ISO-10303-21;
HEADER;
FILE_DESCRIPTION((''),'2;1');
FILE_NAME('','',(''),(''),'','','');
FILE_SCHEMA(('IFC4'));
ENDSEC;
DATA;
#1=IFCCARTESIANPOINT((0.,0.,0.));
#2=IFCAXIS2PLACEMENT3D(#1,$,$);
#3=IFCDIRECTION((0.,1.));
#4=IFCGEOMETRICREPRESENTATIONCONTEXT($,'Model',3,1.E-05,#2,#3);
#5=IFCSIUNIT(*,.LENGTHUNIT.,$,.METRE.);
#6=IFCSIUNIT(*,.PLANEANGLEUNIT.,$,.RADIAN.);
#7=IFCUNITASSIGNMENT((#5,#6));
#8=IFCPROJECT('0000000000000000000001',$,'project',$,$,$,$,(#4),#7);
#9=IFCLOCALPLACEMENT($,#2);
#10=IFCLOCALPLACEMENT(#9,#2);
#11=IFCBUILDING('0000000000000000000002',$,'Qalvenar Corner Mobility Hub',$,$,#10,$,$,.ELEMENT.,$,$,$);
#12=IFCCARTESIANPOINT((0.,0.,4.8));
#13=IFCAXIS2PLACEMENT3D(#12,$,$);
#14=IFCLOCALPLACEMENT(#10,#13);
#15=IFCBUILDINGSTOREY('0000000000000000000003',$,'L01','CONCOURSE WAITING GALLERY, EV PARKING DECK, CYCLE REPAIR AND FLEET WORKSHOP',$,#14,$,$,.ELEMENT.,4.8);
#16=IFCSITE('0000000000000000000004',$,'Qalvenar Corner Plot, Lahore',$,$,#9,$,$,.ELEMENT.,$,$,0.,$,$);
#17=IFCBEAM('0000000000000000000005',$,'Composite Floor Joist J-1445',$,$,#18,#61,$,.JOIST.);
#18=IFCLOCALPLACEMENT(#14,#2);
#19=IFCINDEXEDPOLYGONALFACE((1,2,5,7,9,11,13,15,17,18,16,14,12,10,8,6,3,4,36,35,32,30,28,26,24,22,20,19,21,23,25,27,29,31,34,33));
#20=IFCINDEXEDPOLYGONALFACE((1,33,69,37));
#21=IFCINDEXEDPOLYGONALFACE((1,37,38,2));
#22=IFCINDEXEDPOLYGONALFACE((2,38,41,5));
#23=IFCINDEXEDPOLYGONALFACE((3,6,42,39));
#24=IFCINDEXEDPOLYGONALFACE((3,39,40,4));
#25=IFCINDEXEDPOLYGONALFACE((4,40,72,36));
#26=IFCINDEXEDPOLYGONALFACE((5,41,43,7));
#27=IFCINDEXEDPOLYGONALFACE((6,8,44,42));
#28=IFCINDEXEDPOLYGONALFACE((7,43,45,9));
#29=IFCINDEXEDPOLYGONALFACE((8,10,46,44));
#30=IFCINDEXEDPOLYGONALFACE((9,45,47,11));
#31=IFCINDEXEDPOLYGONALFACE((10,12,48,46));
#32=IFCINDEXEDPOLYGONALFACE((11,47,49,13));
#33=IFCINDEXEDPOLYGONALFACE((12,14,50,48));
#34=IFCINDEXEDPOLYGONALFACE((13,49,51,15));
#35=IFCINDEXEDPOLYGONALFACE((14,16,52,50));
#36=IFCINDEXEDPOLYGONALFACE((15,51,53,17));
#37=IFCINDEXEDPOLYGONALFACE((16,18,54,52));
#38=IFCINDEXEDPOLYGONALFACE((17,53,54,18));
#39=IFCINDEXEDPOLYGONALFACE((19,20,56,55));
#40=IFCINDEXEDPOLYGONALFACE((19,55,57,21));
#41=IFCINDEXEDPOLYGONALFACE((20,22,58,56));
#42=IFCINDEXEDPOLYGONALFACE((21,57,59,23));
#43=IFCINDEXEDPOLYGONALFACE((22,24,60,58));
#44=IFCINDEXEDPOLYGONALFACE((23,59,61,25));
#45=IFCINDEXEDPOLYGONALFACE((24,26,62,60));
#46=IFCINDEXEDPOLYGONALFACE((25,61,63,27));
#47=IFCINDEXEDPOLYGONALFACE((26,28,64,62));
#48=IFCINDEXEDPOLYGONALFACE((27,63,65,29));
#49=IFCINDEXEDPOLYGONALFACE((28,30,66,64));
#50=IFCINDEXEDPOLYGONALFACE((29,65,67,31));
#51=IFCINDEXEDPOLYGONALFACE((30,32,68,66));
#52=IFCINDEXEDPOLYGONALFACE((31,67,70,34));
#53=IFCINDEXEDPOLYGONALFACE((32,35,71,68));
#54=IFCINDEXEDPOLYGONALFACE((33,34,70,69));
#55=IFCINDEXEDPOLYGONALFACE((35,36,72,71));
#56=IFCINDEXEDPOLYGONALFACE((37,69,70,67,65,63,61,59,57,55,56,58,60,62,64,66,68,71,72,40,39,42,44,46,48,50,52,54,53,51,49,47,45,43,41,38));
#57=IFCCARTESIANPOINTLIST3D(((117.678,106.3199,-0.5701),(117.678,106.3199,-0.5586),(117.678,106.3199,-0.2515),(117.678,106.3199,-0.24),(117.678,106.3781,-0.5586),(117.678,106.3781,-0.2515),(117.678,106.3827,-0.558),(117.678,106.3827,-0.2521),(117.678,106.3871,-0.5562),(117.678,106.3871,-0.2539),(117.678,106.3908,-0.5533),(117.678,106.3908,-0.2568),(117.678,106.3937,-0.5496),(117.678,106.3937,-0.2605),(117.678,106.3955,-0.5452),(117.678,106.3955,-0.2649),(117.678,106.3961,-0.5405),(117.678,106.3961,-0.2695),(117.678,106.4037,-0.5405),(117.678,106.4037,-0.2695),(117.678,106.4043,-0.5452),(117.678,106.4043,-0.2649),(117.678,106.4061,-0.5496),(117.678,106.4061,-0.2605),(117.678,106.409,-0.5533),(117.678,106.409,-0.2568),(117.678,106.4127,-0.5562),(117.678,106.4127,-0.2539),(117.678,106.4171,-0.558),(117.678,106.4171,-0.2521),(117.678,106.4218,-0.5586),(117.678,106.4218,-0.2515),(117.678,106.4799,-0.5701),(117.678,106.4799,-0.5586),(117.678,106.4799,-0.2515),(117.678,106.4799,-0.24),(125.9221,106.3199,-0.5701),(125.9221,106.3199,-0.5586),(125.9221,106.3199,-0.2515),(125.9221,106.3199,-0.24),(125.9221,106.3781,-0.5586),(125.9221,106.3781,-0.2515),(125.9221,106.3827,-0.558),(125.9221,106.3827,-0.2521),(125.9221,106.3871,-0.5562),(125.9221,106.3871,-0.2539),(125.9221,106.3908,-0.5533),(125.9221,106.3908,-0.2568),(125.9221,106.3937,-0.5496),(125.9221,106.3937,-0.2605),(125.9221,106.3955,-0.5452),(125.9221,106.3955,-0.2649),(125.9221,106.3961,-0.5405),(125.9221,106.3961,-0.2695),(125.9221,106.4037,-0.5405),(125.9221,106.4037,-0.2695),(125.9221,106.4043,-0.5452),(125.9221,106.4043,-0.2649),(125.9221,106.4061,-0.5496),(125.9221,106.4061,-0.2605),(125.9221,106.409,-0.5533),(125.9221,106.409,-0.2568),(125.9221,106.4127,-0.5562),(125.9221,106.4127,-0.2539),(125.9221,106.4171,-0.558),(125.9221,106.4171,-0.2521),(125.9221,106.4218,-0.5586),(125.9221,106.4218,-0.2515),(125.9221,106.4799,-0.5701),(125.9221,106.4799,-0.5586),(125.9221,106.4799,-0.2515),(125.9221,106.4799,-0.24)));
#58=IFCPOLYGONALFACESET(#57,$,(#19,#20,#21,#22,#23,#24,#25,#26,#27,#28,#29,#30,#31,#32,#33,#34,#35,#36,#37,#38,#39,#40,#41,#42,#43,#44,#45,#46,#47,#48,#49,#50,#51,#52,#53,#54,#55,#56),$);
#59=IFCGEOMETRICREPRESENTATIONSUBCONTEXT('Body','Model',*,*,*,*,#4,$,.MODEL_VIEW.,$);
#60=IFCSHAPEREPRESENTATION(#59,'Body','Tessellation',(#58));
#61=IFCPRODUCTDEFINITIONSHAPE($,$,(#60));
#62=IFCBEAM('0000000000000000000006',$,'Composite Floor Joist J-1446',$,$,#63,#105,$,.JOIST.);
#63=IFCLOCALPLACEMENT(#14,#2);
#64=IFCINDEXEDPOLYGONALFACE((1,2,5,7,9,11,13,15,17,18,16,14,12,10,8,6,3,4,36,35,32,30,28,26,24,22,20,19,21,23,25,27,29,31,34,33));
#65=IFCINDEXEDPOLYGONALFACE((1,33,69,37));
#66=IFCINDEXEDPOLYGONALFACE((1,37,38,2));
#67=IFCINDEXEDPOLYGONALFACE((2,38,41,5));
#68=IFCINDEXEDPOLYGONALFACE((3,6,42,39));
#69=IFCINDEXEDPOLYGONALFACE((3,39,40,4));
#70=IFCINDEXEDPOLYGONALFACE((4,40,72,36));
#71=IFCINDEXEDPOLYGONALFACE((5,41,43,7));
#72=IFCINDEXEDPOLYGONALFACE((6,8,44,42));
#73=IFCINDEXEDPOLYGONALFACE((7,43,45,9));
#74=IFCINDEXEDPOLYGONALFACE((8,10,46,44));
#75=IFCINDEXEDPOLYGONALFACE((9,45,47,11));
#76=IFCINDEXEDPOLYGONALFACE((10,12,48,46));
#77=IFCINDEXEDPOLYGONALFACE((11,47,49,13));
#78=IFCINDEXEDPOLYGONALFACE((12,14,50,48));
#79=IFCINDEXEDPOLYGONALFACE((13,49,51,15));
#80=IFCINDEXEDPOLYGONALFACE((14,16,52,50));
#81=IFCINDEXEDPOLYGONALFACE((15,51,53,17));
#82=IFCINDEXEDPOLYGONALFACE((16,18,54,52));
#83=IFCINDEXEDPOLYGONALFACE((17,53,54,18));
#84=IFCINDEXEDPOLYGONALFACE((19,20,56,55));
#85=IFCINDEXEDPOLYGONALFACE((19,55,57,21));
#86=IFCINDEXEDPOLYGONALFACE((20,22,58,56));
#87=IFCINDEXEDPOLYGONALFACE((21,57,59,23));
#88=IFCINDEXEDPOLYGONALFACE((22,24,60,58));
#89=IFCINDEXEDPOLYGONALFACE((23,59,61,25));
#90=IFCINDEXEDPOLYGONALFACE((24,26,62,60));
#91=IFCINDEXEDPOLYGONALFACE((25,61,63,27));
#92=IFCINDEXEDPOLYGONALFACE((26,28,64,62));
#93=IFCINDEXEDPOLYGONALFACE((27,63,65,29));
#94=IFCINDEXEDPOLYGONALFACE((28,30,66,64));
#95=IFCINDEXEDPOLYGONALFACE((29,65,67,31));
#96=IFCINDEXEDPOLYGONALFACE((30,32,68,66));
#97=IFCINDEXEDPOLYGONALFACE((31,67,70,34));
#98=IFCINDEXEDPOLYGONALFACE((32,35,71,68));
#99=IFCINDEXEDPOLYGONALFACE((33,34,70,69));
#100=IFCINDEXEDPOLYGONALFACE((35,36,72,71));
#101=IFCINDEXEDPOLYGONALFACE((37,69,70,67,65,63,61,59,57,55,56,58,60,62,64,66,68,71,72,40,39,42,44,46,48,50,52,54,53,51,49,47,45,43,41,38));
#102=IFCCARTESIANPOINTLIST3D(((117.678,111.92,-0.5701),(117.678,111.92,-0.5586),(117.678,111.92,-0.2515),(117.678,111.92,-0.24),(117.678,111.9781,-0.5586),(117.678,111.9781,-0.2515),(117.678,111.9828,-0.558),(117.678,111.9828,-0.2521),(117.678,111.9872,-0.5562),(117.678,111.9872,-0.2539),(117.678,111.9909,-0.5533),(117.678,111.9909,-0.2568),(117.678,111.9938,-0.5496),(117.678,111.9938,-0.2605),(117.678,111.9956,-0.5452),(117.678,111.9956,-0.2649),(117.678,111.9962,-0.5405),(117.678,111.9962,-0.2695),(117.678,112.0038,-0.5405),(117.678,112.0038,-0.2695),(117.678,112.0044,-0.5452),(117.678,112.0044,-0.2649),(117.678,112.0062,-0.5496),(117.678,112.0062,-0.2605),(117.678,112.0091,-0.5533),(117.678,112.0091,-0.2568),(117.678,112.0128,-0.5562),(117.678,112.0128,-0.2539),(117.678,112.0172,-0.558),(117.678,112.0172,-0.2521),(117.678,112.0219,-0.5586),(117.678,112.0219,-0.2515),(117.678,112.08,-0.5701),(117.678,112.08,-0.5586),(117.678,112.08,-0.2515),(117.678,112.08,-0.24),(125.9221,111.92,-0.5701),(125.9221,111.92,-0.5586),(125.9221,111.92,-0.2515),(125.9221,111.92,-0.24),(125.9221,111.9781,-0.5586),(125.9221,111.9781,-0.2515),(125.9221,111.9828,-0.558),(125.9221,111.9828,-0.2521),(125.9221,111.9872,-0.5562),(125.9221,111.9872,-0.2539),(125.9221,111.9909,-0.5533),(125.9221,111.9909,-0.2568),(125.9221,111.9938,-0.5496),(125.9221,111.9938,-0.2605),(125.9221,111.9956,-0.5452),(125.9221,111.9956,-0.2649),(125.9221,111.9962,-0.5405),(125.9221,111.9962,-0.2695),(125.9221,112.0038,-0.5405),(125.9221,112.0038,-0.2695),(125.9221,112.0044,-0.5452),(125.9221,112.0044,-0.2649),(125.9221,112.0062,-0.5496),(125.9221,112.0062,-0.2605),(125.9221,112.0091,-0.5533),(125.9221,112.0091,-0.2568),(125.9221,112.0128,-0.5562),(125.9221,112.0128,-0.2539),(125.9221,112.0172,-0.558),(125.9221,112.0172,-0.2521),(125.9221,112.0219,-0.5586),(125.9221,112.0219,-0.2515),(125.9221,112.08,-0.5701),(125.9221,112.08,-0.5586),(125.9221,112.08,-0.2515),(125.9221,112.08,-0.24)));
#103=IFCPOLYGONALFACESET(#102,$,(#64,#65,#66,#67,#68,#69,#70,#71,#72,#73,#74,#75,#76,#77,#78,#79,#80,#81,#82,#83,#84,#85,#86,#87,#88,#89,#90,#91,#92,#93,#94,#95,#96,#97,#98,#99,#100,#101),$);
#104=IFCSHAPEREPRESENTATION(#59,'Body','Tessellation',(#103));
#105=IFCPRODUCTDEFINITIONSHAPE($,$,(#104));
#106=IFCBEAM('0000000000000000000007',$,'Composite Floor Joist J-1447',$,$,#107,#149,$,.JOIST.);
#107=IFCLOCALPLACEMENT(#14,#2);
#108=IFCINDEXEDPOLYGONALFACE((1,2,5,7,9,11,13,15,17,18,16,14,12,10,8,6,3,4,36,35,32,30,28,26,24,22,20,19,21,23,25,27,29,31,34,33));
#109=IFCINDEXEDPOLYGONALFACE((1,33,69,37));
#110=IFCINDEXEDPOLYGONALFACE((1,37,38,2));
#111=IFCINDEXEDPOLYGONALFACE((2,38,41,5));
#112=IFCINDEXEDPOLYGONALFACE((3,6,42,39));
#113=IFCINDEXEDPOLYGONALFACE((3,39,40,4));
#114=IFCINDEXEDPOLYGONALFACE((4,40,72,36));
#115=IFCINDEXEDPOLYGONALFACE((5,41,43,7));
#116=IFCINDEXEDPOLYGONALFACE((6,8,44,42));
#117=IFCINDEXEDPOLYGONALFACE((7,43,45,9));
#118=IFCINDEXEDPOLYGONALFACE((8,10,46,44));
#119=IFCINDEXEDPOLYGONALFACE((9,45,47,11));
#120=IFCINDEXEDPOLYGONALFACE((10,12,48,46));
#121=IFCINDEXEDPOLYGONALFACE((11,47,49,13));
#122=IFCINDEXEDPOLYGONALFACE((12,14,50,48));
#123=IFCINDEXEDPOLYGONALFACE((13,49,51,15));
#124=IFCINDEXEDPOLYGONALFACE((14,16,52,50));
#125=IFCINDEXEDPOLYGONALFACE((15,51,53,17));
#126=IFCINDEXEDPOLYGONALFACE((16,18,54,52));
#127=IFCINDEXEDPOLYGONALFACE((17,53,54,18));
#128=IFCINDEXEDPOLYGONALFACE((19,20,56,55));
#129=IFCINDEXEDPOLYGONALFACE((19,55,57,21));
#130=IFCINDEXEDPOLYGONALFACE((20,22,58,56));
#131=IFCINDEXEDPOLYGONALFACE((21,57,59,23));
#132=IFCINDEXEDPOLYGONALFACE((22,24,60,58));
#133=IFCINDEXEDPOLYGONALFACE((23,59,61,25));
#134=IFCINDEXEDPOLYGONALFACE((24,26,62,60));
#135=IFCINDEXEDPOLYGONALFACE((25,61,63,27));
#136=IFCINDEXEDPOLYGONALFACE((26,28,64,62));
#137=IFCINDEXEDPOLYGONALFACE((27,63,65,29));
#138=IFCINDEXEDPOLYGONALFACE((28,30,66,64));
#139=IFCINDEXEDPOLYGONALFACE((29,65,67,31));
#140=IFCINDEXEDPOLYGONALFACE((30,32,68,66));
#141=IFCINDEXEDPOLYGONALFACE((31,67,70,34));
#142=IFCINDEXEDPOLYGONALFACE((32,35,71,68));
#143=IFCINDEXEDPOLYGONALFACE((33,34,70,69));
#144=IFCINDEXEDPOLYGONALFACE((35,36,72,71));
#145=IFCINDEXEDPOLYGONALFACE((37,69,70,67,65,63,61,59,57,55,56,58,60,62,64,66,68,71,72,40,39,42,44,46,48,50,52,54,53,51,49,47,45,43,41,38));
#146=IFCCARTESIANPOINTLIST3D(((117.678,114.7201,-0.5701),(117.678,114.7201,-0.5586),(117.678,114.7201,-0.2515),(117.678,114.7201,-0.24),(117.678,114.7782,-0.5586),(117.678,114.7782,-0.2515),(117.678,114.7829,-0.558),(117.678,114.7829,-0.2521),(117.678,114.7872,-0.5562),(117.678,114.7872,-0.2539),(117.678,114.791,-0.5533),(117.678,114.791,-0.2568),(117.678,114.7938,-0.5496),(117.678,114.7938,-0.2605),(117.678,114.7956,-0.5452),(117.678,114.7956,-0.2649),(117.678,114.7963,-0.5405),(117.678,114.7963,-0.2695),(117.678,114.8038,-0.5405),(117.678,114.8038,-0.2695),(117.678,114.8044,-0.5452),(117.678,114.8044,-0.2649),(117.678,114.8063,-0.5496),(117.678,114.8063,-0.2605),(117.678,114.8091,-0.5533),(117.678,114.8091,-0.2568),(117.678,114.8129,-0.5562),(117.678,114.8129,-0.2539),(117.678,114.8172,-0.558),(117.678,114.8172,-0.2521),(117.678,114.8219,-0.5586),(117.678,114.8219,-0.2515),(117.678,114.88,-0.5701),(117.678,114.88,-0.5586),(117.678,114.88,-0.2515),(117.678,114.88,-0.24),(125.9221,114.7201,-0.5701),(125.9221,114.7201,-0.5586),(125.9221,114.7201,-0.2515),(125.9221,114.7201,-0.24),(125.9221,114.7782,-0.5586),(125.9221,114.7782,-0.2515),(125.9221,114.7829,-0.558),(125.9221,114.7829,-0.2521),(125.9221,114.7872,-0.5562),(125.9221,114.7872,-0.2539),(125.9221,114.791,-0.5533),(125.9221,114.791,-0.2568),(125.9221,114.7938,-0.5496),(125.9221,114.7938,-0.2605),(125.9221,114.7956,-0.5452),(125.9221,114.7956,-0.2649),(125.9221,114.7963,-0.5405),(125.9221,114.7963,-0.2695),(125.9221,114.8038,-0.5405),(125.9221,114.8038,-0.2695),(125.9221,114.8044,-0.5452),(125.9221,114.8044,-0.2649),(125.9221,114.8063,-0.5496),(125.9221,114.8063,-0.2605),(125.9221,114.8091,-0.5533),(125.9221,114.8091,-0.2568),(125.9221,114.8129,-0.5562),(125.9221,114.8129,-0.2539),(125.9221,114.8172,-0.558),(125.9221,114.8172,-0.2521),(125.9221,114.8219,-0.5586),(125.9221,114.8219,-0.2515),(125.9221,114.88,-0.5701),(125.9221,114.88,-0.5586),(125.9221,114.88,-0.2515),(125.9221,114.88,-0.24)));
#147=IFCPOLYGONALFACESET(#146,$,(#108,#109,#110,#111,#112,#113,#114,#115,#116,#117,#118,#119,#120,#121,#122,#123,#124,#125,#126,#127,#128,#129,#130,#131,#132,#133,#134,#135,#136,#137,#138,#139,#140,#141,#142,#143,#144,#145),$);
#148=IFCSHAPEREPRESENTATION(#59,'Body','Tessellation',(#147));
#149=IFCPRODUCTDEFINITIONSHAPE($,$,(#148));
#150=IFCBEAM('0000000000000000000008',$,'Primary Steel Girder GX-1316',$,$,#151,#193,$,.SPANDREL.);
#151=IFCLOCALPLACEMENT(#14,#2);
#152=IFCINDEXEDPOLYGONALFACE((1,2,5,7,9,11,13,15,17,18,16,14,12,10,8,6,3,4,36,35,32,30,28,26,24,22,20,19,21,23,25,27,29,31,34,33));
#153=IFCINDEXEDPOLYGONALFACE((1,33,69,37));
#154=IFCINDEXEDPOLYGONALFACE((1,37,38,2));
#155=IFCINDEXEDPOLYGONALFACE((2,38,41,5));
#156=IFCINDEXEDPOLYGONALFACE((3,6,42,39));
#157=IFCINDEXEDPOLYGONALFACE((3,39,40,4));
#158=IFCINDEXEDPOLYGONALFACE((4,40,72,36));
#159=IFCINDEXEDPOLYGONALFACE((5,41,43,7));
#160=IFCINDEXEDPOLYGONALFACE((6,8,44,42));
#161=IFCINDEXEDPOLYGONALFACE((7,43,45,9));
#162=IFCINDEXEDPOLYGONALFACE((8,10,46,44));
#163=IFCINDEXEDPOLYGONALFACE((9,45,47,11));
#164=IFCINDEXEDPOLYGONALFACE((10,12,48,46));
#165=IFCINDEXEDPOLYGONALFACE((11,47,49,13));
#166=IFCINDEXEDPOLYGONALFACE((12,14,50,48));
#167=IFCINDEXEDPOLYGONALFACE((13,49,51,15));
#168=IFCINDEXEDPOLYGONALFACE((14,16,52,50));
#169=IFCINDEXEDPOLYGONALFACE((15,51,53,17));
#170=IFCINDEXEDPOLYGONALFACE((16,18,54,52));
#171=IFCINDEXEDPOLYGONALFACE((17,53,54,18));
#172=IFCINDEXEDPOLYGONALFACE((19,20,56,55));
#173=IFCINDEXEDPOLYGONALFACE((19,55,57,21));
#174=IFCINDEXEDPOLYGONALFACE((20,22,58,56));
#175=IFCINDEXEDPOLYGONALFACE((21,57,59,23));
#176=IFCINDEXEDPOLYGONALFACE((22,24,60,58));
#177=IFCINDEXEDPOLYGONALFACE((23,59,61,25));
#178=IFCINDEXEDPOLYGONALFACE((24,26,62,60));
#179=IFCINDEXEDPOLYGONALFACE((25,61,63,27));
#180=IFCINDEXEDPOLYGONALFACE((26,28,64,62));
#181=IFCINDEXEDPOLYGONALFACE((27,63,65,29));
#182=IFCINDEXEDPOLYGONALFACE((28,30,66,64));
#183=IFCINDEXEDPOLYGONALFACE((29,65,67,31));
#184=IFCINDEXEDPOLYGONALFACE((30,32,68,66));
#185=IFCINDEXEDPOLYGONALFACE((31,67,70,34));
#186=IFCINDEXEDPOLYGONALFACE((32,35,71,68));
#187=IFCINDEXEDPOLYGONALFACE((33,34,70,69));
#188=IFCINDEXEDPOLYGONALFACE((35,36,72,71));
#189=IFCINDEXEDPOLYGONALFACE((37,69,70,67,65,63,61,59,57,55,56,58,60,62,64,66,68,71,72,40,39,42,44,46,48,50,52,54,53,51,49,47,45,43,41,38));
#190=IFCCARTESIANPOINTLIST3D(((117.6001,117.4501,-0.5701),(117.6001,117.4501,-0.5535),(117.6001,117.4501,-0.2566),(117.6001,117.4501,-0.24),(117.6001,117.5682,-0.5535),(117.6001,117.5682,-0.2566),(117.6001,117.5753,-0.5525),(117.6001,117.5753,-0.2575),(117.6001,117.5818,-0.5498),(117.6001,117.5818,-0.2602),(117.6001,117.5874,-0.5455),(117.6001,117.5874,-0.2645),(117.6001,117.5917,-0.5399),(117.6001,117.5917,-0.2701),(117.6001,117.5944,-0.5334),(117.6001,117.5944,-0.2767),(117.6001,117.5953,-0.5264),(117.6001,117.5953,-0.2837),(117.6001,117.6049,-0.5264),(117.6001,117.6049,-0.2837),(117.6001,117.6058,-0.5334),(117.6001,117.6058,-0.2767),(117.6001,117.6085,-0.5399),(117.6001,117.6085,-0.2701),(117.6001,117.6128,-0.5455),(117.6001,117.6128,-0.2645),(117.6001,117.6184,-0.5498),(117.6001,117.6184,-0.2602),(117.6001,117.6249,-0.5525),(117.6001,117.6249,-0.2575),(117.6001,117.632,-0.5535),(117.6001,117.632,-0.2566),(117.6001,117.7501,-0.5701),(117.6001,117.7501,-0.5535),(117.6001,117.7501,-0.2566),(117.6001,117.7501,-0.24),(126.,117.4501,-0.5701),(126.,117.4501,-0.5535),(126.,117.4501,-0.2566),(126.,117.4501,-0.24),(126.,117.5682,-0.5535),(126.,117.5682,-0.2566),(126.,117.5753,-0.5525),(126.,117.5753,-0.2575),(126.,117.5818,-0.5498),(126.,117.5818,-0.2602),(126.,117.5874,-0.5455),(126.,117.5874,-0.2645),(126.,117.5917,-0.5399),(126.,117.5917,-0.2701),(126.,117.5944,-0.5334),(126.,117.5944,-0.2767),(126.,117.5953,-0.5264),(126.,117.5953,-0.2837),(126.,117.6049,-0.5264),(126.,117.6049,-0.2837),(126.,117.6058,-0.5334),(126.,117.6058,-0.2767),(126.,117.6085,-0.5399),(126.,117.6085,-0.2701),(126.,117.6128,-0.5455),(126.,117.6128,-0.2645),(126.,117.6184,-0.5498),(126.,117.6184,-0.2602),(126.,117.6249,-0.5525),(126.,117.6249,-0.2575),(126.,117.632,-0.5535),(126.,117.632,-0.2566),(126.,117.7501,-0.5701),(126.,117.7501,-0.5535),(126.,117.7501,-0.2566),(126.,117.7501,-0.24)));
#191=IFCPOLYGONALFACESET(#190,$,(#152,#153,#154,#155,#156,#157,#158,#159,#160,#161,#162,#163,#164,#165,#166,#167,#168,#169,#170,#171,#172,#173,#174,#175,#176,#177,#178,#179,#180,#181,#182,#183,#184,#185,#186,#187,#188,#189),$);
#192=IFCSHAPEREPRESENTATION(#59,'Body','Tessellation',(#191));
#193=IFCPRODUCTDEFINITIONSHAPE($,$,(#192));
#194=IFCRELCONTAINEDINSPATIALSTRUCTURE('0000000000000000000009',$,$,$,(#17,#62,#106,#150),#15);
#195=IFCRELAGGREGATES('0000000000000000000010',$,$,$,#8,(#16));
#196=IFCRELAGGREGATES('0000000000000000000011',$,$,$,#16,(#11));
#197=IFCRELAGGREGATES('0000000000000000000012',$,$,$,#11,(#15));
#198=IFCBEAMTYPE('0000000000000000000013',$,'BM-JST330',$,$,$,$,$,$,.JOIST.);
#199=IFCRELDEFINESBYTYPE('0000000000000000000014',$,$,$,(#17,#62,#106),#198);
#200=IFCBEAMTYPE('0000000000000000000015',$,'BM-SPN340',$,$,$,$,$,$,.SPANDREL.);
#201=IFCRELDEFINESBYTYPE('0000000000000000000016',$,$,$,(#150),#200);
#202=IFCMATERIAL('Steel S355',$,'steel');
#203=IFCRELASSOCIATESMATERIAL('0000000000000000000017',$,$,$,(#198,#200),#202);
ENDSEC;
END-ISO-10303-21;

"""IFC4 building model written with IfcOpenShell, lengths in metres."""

from ifc_helpers import new_model, si_unit, direction, frame, origin, origin_2d, place, context, subcontext, project, spatial, i_section, extrude, material, material_profile, profile_set, type_object, element, save


model = new_model("IFC4")

# Units and contexts
model_context = context("Model", 3, precision=1e-05, world=origin(), true_north=direction((0.0, 1.0)))
body_context = subcontext(model_context, "Body", "Model", "MODEL_VIEW")
ifc_project = project(units=[si_unit("LENGTHUNIT", "METRE"), si_unit("PLANEANGLEUNIT", "RADIAN")], contexts=[model_context])

# Site, building, storey
site_placement = place(None, origin())
site = spatial("IfcSite", under=ifc_project, at=site_placement, Name="Qalvenar Corner Plot, Lahore", CompositionType="ELEMENT", RefElevation=0.0)
building_placement = place(site_placement, origin())
building = spatial("IfcBuilding", under=site, at=building_placement, Name="Qalvenar Corner Mobility Hub", CompositionType="ELEMENT")
storey_placement = place(building_placement, frame((0.0, 0.0, 4.8)))
storey = spatial("IfcBuildingStorey", under=building, at=storey_placement, Name="L01", Description="CONCOURSE WAITING GALLERY, EV PARKING DECK, CYCLE REPAIR AND FLEET WORKSHOP", CompositionType="ELEMENT", Elevation=4.8)

# Shared definitions
ifc_material = material(Name="Steel S355", Category="steel")

# Beams
ifc_material_profile_1 = material_profile(ifc_material, i_section(OverallWidth=0.1599, OverallDepth=0.3301, WebThickness=0.0076, FlangeThickness=0.0115, FilletRadius=0.0181, at=origin_2d()), Name="IPE330")
ifc_profile_set_1 = profile_set([ifc_material_profile_1], Name="Steel S355")
beam_type_1 = type_object("IfcBeamType", Name="BM-JST330", PredefinedType="JOIST", material=ifc_profile_set_1)
for number, where, z_axis, x_axis, name in (
    (1, (117.678, 106.3999, -0.405), (1.0, 0.0, 0.0), (0.0, 1.0, 0.0), "Composite Floor Joist J-1445"),
    (2, (117.678, 112.0, -0.405), (1.0, 0.0, 0.0), (0.0, 1.0, 0.0), "Composite Floor Joist J-1446"),
    (3, (117.678, 114.8, -0.405), (1.0, 0.0, 0.0), (0.0, 1.0, 0.0), "Composite Floor Joist J-1447"),
):
    element("IfcBeam", number, at=place(storey_placement, frame(where, z_axis=z_axis, x_axis=x_axis)), inside=storey, type_object=beam_type_1, Name=name, PredefinedType="JOIST", context=body_context, shape_type="SweptSolid", body=[
        extrude(i_section(OverallWidth=0.1599, OverallDepth=0.3301, WebThickness=0.0076, FlangeThickness=0.0115, FilletRadius=0.0181, at=origin_2d()), origin(), (0.0, 0.0, 1.0), 8.2441),
    ])
ifc_material_profile_2 = material_profile(ifc_material, i_section(OverallWidth=0.3, OverallDepth=0.3301, WebThickness=0.0095, FlangeThickness=0.0166, FilletRadius=0.0271, at=origin_2d()), Name="HEA340")
ifc_profile_set_2 = profile_set([ifc_material_profile_2], Name="Steel S355")
beam_type_2 = type_object("IfcBeamType", Name="BM-SPN340", PredefinedType="SPANDREL", material=ifc_profile_set_2)
beam_1_placement = place(storey_placement, frame((117.6001, 117.6001, -0.405), z_axis=(1.0, 0.0, 0.0), x_axis=(0.0, 1.0, 0.0)))
element("IfcBeam", 4, at=beam_1_placement, inside=storey, type_object=beam_type_2, Name="Primary Steel Girder GX-1316", PredefinedType="SPANDREL", context=body_context, shape_type="SweptSolid", body=[
    extrude(i_section(OverallWidth=0.3, OverallDepth=0.3301, WebThickness=0.0095, FlangeThickness=0.0166, FilletRadius=0.0271, at=origin_2d()), origin(), (0.0, 0.0, 1.0), 8.3999),
])

save(model, "model.ifc")
